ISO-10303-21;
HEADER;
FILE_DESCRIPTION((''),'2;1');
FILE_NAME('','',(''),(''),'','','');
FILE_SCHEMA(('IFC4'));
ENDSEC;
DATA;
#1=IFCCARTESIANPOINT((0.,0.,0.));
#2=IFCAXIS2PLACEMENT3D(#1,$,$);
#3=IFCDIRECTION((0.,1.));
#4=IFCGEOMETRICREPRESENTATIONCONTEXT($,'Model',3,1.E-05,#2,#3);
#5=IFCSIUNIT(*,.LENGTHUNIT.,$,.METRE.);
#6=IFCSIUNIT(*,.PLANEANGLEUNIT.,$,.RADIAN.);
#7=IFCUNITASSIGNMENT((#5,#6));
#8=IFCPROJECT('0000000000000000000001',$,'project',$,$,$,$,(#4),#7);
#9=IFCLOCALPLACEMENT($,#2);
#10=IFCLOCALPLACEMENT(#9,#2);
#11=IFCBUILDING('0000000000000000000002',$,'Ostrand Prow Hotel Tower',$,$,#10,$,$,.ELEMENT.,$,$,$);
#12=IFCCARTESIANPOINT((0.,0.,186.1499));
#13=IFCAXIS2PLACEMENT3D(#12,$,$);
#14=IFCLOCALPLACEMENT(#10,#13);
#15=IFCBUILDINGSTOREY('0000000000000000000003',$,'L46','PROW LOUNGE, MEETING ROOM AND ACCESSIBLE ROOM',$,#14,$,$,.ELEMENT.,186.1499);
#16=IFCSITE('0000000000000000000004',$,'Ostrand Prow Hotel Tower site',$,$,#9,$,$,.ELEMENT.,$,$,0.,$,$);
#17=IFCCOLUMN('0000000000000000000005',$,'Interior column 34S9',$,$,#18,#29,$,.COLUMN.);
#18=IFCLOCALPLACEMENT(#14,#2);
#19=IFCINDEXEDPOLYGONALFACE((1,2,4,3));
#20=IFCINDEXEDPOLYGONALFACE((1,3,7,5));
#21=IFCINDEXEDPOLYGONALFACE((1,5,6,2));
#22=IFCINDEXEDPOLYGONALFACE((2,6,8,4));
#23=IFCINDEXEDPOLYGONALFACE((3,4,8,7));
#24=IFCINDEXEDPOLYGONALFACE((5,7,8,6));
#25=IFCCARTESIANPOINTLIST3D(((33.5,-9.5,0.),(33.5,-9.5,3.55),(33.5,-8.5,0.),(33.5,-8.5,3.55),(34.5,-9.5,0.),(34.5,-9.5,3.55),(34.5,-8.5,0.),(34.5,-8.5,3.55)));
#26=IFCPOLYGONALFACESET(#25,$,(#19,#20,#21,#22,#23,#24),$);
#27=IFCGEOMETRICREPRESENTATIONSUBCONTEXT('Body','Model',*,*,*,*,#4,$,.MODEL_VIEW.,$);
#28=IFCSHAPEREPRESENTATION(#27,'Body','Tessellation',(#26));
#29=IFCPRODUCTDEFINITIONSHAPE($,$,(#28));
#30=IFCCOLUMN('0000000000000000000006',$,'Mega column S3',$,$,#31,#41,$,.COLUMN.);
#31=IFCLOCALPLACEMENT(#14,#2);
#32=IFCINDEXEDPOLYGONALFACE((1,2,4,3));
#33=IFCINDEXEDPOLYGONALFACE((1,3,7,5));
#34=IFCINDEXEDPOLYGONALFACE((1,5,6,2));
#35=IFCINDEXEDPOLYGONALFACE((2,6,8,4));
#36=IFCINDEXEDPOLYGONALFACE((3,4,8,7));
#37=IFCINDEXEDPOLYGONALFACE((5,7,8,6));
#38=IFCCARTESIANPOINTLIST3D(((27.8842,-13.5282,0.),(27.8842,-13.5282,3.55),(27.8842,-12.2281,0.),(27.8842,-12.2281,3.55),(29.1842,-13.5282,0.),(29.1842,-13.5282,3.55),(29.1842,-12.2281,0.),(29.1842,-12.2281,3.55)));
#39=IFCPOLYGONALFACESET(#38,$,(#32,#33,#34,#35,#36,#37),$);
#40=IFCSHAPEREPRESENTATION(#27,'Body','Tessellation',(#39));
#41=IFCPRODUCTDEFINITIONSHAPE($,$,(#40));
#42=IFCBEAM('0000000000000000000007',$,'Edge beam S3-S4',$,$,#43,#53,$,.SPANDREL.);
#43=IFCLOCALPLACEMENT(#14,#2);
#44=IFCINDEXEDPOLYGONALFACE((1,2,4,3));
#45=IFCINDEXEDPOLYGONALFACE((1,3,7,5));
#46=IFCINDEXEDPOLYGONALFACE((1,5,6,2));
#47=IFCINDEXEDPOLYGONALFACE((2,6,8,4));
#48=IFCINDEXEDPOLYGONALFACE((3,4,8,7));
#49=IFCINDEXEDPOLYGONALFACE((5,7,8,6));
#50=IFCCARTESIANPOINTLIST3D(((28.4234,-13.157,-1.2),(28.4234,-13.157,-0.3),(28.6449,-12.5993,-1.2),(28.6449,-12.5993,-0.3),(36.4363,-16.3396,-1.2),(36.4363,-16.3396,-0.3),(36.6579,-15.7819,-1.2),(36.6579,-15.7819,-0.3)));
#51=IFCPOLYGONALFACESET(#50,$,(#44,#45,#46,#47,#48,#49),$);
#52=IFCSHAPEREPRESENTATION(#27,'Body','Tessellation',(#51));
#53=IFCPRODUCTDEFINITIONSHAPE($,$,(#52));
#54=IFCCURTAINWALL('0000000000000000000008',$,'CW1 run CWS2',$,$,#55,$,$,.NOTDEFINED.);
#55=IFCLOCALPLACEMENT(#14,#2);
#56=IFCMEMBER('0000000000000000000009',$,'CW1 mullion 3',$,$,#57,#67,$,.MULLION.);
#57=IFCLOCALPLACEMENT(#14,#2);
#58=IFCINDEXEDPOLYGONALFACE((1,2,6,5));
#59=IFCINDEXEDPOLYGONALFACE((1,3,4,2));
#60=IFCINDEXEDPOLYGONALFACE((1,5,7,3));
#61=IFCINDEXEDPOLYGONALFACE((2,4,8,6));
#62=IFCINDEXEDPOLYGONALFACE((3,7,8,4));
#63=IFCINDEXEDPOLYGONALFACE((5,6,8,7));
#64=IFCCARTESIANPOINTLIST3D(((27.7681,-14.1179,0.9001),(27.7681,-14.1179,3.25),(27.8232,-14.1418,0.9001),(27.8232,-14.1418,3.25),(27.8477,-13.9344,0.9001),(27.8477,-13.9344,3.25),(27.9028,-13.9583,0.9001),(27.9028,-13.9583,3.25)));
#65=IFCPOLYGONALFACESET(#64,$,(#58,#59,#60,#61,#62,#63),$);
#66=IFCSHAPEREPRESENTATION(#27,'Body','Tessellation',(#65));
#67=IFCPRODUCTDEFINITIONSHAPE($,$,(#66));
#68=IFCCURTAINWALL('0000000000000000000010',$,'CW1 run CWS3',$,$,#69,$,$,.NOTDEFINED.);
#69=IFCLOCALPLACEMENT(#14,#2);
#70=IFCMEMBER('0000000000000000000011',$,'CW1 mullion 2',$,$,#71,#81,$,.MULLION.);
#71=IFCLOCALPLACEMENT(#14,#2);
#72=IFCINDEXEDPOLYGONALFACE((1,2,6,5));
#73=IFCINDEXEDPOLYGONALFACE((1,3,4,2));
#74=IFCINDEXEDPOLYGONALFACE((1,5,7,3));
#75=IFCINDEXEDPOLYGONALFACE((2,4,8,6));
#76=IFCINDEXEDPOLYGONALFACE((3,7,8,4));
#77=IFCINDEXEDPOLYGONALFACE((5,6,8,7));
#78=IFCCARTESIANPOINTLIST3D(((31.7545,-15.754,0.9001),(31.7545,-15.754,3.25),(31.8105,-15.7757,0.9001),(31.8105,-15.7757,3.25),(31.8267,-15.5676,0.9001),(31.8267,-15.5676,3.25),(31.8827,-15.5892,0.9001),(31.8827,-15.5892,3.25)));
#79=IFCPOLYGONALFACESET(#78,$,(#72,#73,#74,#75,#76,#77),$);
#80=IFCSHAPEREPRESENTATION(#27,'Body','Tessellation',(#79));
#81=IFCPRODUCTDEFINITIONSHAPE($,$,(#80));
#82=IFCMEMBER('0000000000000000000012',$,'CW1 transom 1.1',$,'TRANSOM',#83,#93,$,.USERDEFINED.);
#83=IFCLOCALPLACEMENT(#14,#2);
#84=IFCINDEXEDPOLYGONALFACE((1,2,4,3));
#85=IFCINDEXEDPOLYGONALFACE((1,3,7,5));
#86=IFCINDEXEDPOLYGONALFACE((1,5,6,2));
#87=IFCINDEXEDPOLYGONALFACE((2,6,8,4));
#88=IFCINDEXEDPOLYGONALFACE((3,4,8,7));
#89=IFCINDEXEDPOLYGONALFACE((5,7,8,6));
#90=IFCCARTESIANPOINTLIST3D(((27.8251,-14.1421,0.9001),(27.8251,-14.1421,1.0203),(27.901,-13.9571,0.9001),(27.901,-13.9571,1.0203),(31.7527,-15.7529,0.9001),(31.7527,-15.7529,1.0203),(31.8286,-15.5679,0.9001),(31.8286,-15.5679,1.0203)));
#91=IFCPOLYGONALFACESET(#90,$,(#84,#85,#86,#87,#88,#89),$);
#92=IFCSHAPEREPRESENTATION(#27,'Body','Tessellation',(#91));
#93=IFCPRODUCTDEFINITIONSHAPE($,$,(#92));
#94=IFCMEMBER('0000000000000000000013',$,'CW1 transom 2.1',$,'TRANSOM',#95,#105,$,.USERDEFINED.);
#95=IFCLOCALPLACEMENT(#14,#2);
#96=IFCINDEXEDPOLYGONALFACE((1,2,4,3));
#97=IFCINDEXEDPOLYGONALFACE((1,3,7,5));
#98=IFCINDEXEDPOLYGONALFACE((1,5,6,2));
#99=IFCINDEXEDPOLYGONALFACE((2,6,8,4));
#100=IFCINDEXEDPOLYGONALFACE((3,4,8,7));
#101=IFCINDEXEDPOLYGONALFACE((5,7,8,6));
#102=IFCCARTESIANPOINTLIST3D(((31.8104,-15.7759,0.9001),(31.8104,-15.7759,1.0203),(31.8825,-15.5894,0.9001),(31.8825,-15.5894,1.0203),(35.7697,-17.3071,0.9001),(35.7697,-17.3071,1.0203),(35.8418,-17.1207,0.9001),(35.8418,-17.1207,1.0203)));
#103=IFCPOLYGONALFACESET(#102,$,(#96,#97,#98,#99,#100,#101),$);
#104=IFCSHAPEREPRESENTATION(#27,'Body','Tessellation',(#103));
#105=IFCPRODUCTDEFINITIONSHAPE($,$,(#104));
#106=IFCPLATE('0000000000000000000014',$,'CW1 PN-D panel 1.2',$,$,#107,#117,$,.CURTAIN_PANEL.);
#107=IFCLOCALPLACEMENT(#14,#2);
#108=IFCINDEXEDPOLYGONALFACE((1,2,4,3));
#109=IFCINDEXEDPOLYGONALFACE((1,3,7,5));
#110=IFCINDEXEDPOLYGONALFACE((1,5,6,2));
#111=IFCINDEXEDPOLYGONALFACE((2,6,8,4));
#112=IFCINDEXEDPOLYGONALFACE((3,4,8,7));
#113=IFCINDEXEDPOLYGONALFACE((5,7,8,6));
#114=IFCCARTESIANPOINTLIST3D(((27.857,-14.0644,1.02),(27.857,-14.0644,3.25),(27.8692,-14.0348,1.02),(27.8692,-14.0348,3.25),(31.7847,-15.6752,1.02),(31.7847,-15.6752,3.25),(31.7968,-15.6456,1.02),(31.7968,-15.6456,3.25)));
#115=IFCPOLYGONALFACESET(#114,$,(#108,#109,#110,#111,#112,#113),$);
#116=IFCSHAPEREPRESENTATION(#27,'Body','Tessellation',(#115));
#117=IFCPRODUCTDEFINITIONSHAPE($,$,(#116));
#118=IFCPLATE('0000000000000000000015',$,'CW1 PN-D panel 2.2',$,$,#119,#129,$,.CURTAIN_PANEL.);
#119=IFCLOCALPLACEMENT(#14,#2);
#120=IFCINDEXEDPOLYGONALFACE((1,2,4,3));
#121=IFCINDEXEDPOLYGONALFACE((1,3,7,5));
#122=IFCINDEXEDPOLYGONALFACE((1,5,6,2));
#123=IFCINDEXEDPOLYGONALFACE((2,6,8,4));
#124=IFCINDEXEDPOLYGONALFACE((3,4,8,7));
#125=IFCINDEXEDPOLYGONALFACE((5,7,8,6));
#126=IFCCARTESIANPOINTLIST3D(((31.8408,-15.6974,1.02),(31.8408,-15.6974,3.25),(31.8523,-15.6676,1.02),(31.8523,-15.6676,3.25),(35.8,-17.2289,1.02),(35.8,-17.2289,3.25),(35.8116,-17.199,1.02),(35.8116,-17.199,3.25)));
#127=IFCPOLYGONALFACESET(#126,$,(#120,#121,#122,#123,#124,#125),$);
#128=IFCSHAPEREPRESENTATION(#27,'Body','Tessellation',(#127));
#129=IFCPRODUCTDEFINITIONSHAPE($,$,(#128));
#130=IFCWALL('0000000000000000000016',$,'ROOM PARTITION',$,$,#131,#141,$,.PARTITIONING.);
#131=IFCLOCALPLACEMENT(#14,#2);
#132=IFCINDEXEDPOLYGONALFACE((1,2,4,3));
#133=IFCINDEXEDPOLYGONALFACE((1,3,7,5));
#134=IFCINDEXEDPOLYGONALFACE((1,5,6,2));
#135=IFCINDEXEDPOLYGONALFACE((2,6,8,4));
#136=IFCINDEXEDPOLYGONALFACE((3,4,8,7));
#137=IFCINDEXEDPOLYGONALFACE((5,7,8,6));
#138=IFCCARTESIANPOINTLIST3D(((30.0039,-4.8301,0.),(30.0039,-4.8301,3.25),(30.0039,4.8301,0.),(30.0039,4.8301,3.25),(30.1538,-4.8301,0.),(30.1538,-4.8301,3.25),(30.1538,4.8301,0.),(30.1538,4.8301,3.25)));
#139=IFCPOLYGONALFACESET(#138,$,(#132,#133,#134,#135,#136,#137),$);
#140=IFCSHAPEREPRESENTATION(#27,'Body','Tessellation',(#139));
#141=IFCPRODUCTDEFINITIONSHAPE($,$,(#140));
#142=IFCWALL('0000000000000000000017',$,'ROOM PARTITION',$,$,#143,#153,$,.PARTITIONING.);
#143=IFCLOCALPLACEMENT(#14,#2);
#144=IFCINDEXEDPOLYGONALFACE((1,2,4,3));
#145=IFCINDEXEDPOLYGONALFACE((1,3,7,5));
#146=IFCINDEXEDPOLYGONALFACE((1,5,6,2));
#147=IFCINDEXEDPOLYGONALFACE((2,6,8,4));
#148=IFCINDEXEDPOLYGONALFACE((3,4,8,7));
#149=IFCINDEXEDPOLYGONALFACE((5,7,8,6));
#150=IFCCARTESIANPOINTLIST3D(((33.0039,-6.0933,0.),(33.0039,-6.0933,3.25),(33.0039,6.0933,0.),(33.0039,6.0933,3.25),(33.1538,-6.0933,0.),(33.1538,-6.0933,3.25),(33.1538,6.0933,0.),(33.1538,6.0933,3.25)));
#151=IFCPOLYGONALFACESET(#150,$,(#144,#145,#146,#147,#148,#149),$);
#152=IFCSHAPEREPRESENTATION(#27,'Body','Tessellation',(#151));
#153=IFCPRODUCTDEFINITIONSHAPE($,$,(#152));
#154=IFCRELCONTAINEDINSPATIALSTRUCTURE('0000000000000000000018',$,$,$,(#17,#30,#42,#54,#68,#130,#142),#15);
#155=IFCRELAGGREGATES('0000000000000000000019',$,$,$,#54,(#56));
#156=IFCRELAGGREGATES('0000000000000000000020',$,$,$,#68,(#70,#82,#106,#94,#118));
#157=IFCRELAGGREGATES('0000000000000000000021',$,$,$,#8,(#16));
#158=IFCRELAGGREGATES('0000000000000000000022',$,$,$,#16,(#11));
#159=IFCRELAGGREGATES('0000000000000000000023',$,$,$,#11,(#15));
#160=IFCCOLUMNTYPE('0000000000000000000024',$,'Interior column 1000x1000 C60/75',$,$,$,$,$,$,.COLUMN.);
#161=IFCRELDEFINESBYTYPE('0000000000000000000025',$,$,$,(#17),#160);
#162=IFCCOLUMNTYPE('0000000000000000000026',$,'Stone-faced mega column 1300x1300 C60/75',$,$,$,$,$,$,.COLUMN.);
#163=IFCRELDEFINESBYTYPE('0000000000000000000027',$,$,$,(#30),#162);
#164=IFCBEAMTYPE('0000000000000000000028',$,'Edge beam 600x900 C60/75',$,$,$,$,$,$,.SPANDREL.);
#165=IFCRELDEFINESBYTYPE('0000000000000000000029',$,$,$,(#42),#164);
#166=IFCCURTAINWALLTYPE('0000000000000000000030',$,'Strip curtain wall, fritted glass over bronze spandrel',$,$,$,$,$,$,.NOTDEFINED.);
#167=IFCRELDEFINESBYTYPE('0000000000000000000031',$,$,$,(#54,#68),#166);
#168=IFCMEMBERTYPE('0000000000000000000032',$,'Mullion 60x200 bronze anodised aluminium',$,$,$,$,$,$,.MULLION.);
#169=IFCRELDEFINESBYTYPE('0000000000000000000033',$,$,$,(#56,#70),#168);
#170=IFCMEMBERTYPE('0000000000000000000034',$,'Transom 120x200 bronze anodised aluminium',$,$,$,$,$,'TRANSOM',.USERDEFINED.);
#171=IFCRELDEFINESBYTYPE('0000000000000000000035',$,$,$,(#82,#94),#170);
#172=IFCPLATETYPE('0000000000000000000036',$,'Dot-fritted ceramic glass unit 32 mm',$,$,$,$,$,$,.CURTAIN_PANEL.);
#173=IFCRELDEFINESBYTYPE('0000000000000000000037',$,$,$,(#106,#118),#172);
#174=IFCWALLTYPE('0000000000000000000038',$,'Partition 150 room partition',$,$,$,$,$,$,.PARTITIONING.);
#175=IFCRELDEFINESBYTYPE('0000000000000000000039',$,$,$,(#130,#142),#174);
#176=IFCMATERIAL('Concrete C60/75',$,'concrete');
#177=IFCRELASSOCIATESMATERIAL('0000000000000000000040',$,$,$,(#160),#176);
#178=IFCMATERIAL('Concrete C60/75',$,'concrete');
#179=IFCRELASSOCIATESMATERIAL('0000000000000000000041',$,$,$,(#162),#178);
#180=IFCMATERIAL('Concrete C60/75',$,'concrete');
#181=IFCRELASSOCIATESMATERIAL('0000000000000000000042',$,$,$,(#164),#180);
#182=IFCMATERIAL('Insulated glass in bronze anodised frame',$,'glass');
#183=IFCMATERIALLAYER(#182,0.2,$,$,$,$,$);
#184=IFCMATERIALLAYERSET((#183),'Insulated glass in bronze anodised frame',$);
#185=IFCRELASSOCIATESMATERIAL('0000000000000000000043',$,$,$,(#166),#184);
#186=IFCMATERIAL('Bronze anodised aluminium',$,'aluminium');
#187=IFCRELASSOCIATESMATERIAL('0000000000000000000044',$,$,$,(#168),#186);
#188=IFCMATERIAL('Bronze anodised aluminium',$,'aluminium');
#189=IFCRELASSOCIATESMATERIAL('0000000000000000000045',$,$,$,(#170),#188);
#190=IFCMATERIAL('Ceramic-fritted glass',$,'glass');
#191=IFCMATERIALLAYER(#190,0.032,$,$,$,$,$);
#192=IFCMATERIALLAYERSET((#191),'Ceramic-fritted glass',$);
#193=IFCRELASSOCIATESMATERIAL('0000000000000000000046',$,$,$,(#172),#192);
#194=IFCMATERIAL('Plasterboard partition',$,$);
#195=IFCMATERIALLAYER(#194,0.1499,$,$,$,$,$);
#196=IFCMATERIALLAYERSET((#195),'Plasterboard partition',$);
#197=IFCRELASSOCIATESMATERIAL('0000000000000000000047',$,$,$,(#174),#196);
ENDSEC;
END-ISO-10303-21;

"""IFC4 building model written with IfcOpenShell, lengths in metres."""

from ifc_helpers import new_model, si_unit, direction, frame, frame_2d, origin, origin_2d, place, context, subcontext, project, spatial, rectangle, extrude, material, layer, layer_set, material_profile, profile_set, type_object, element, aggregate, save


model = new_model("IFC4")

# Units and contexts
model_context = context("Model", 3, precision=1e-05, world=origin(), true_north=direction((0.0, 1.0)))
body_context = subcontext(model_context, "Body", "Model", "MODEL_VIEW")
ifc_project = project(units=[si_unit("LENGTHUNIT", "METRE"), si_unit("PLANEANGLEUNIT", "RADIAN")], contexts=[model_context])

# Site, building, storey
site_placement = place(None, origin())
site = spatial("IfcSite", under=ifc_project, at=site_placement, Name="Ostrand Prow Hotel Tower site", CompositionType="ELEMENT", RefElevation=0.0)
building_placement = place(site_placement, origin())
building = spatial("IfcBuilding", under=site, at=building_placement, Name="Ostrand Prow Hotel Tower", CompositionType="ELEMENT")
storey_placement = place(building_placement, frame((0.0, 0.0, 186.1499)))
storey = spatial("IfcBuildingStorey", under=building, at=storey_placement, Name="L46", Description="PROW LOUNGE, MEETING ROOM AND ACCESSIBLE ROOM", CompositionType="ELEMENT", Elevation=186.1499)

# Columns
ifc_material_1 = material(Name="Concrete C60/75", Category="concrete")
ifc_material_profile_1 = material_profile(ifc_material_1, rectangle(XDim=1.0, YDim=1.0, at=origin_2d()), Name="RC 1000x1000")
ifc_profile_set_1 = profile_set([ifc_material_profile_1], Name="Concrete C60/75")
column_type_1 = type_object("IfcColumnType", Name="Interior column 1000x1000 C60/75", PredefinedType="COLUMN", material=ifc_profile_set_1)
column_1_placement = place(storey_placement, frame((34.0, -9.0, 0.0), z_axis=(0.0, 0.0, 1.0), x_axis=(1.0, 0.0, 0.0)))
element("IfcColumn", 1, at=column_1_placement, inside=storey, type_object=column_type_1, Name="Interior column 34S9", PredefinedType="COLUMN", context=body_context, shape_type="SweptSolid", body=[
    extrude(rectangle(XDim=1.0, YDim=1.0, at=origin_2d()), origin(), (0.0, 0.0, 1.0), 3.55),
])
ifc_material_2 = material(Name="Concrete C60/75", Category="concrete")
ifc_material_profile_2 = material_profile(ifc_material_2, rectangle(XDim=1.3, YDim=1.3, at=origin_2d()), Name="RC 1300x1300")
ifc_profile_set_2 = profile_set([ifc_material_profile_2], Name="Concrete C60/75")
column_type_2 = type_object("IfcColumnType", Name="Stone-faced mega column 1300x1300 C60/75", PredefinedType="COLUMN", material=ifc_profile_set_2)
column_2_placement = place(storey_placement, frame((28.5342, -12.8782, 0.0), z_axis=(0.0, 0.0, 1.0), x_axis=(1.0, 0.0, 0.0)))
element("IfcColumn", 2, at=column_2_placement, inside=storey, type_object=column_type_2, Name="Mega column S3", PredefinedType="COLUMN", context=body_context, shape_type="SweptSolid", body=[
    extrude(rectangle(XDim=1.3, YDim=1.3, at=origin_2d()), origin(), (0.0, 0.0, 1.0), 3.55),
])

# Beam
ifc_material_3 = material(Name="Concrete C60/75", Category="concrete")
ifc_material_profile_3 = material_profile(ifc_material_3, rectangle(XDim=0.6001, YDim=0.8999, at=origin_2d()), Name="RC 600x900")
ifc_profile_set_3 = profile_set([ifc_material_profile_3], Name="Concrete C60/75")
beam_type = type_object("IfcBeamType", Name="Edge beam 600x900 C60/75", PredefinedType="SPANDREL", material=ifc_profile_set_3)
beam_placement = place(storey_placement, frame((28.5342, -12.8782, -0.75), z_axis=(0.929376, -0.369134, 0.0), x_axis=(0.369134, 0.929376, 0.0)))
element("IfcBeam", 3, at=beam_placement, inside=storey, type_object=beam_type, Name="Edge beam S3-S4", PredefinedType="SPANDREL", context=body_context, shape_type="SweptSolid", body=[
    extrude(rectangle(XDim=0.6001, YDim=0.8999, at=origin_2d()), origin(), (0.0, 0.0, 1.0), 8.6218),
])

# Curtain wall, member
ifc_material_4 = material(Name="Insulated glass in bronze anodised frame", Category="glass")
ifc_layer_1 = layer(ifc_material_4, 0.2)
ifc_layer_set_1 = layer_set([ifc_layer_1], Name="Insulated glass in bronze anodised frame")
curtain_wall_type = type_object("IfcCurtainWallType", Name="Strip curtain wall, fritted glass over bronze spandrel", PredefinedType="NOTDEFINED", material=ifc_layer_set_1)
curtain_wall_1_placement = place(storey_placement, origin())
curtain_wall_1 = element("IfcCurtainWall", 4, at=curtain_wall_1_placement, inside=storey, type_object=curtain_wall_type, Name="CW1 run CWS2", PredefinedType="NOTDEFINED")
ifc_material_5 = material(Name="Bronze anodised aluminium", Category="aluminium")
ifc_material_profile_4 = material_profile(ifc_material_5, rectangle(XDim=0.2, YDim=0.0601, at=origin_2d()), Name="Mullion 60x200 bronze anodised aluminium")
ifc_profile_set_4 = profile_set([ifc_material_profile_4], Name="Bronze anodised aluminium")
member_type_1 = type_object("IfcMemberType", Name="Mullion 60x200 bronze anodised aluminium", PredefinedType="MULLION", material=ifc_profile_set_4)
member_1_placement = place(storey_placement, frame((27.8354, -14.0381, 0.9001), z_axis=(0.0, 0.0, 1.0), x_axis=(0.398005, 0.917383, 0.0)))
member_1 = element("IfcMember", 5, at=member_1_placement, type_object=member_type_1, Name="CW1 mullion 3", PredefinedType="MULLION", context=body_context, shape_type="SweptSolid", body=[
    extrude(rectangle(XDim=0.2, YDim=0.0601, at=origin_2d()), origin(), (0.0, 0.0, 1.0), 2.3499),
])
aggregate(curtain_wall_1, [member_1])

# Curtain wall, members, plates
curtain_wall_2_placement = place(storey_placement, origin())
curtain_wall_2 = element("IfcCurtainWall", 6, at=curtain_wall_2_placement, inside=storey, type_object=curtain_wall_type, Name="CW1 run CWS3", PredefinedType="NOTDEFINED")
member_2_placement = place(storey_placement, frame((31.8186, -15.6716, 0.9001), z_axis=(0.0, 0.0, 1.0), x_axis=(0.360749, 0.932663, 0.0)))
member_2 = element("IfcMember", 7, at=member_2_placement, type_object=member_type_1, Name="CW1 mullion 2", PredefinedType="MULLION", context=body_context, shape_type="SweptSolid", body=[
    extrude(rectangle(XDim=0.2, YDim=0.0601, at=origin_2d()), origin(), (0.0, 0.0, 1.0), 2.3499),
])
ifc_material_6 = material(Name="Bronze anodised aluminium", Category="aluminium")
ifc_material_profile_5 = material_profile(ifc_material_6, rectangle(XDim=0.2, YDim=0.1201, at=origin_2d()), Name="Transom 120x200 bronze anodised aluminium")
ifc_profile_set_5 = profile_set([ifc_material_profile_5], Name="Bronze anodised aluminium")
member_type_2 = type_object("IfcMemberType", Name="Transom 120x200 bronze anodised aluminium", ElementType="TRANSOM", PredefinedType="USERDEFINED", material=ifc_profile_set_5)
member_3_placement = place(storey_placement, frame((27.863, -14.0496, 0.9602), z_axis=(0.925213, -0.379448, 0.0), x_axis=(0.379448, 0.925213, 0.0)))
member_3 = element("IfcMember", 8, at=member_3_placement, type_object=member_type_2, Name="CW1 transom 1.1", ObjectType="TRANSOM", PredefinedType="USERDEFINED", context=body_context, shape_type="SweptSolid", body=[
    extrude(rectangle(XDim=0.2, YDim=0.1201, at=origin_2d()), origin(), (0.0, 0.0, 1.0), 4.2451),
])
member_4_placement = place(storey_placement, frame((31.8464, -15.6826, 0.9602), z_axis=(0.932675, -0.360717, 0.0), x_axis=(0.360717, 0.932675, 0.0)))
member_4 = element("IfcMember", 9, at=member_4_placement, type_object=member_type_2, Name="CW1 transom 2.1", ObjectType="TRANSOM", PredefinedType="USERDEFINED", context=body_context, shape_type="SweptSolid", body=[
    extrude(rectangle(XDim=0.2, YDim=0.1201, at=origin_2d()), origin(), (0.0, 0.0, 1.0), 4.2451),
])
ifc_material_7 = material(Name="Ceramic-fritted glass", Category="glass")
ifc_layer_2 = layer(ifc_material_7, 0.032)
ifc_layer_set_2 = layer_set([ifc_layer_2], Name="Ceramic-fritted glass")
plate_type = type_object("IfcPlateType", Name="Dot-fritted ceramic glass unit 32 mm", PredefinedType="CURTAIN_PANEL", material=ifc_layer_set_2)
plate_1_placement = place(storey_placement, frame((29.8269, -14.855, 1.02), z_axis=(0.0, 0.0, 1.0), x_axis=(0.925211, -0.379453, 0.0)))
plate_1 = element("IfcPlate", 10, at=plate_1_placement, type_object=plate_type, Name="CW1 PN-D panel 1.2", PredefinedType="CURTAIN_PANEL", context=body_context, shape_type="SweptSolid", body=[
    extrude(rectangle(XDim=4.2451, YDim=0.032, at=origin_2d()), origin(), (0.0, 0.0, 1.0), 2.23),
])
plate_2_placement = place(storey_placement, frame((33.8262, -16.4482, 1.02), z_axis=(0.0, 0.0, 1.0), x_axis=(0.932663, -0.360749, 0.0)))
plate_2 = element("IfcPlate", 11, at=plate_2_placement, type_object=plate_type, Name="CW1 PN-D panel 2.2", PredefinedType="CURTAIN_PANEL", context=body_context, shape_type="SweptSolid", body=[
    extrude(rectangle(XDim=4.2451, YDim=0.032, at=origin_2d()), origin(), (0.0, 0.0, 1.0), 2.23),
])
aggregate(curtain_wall_2, [member_2, member_3, plate_1, member_4, plate_2])

# Walls
ifc_material_8 = material(Name="Plasterboard partition")
ifc_layer_3 = layer(ifc_material_8, 0.1499)
ifc_layer_set_3 = layer_set([ifc_layer_3], Name="Plasterboard partition")
wall_type_1 = type_object("IfcWallType", Name="Partition 150 room partition", PredefinedType="PARTITIONING", material=ifc_layer_set_3)
wall_1_placement = place(storey_placement, frame((30.0789, -4.8301, 0.0), z_axis=(0.0, 0.0, 1.0), x_axis=(0.0, 1.0, 0.0)))
element("IfcWall", 12, at=wall_1_placement, inside=storey, type_object=wall_type_1, Name="ROOM PARTITION", PredefinedType="PARTITIONING", context=body_context, shape_type="SweptSolid", body=[
    extrude(rectangle(XDim=9.6602, YDim=0.1499, at=frame_2d((4.8301, 0.0))), origin(), (0.0, 0.0, 1.0), 3.25),
])
wall_2_placement = place(storey_placement, frame((33.0789, -6.0933, 0.0), z_axis=(0.0, 0.0, 1.0), x_axis=(0.0, 1.0, 0.0)))
element("IfcWall", 13, at=wall_2_placement, inside=storey, type_object=wall_type_1, Name="ROOM PARTITION", PredefinedType="PARTITIONING", context=body_context, shape_type="SweptSolid", body=[
    extrude(rectangle(XDim=12.1865, YDim=0.1499, at=frame_2d((6.0933, 0.0))), origin(), (0.0, 0.0, 1.0), 3.25),
])

save(model, "model.ifc")
